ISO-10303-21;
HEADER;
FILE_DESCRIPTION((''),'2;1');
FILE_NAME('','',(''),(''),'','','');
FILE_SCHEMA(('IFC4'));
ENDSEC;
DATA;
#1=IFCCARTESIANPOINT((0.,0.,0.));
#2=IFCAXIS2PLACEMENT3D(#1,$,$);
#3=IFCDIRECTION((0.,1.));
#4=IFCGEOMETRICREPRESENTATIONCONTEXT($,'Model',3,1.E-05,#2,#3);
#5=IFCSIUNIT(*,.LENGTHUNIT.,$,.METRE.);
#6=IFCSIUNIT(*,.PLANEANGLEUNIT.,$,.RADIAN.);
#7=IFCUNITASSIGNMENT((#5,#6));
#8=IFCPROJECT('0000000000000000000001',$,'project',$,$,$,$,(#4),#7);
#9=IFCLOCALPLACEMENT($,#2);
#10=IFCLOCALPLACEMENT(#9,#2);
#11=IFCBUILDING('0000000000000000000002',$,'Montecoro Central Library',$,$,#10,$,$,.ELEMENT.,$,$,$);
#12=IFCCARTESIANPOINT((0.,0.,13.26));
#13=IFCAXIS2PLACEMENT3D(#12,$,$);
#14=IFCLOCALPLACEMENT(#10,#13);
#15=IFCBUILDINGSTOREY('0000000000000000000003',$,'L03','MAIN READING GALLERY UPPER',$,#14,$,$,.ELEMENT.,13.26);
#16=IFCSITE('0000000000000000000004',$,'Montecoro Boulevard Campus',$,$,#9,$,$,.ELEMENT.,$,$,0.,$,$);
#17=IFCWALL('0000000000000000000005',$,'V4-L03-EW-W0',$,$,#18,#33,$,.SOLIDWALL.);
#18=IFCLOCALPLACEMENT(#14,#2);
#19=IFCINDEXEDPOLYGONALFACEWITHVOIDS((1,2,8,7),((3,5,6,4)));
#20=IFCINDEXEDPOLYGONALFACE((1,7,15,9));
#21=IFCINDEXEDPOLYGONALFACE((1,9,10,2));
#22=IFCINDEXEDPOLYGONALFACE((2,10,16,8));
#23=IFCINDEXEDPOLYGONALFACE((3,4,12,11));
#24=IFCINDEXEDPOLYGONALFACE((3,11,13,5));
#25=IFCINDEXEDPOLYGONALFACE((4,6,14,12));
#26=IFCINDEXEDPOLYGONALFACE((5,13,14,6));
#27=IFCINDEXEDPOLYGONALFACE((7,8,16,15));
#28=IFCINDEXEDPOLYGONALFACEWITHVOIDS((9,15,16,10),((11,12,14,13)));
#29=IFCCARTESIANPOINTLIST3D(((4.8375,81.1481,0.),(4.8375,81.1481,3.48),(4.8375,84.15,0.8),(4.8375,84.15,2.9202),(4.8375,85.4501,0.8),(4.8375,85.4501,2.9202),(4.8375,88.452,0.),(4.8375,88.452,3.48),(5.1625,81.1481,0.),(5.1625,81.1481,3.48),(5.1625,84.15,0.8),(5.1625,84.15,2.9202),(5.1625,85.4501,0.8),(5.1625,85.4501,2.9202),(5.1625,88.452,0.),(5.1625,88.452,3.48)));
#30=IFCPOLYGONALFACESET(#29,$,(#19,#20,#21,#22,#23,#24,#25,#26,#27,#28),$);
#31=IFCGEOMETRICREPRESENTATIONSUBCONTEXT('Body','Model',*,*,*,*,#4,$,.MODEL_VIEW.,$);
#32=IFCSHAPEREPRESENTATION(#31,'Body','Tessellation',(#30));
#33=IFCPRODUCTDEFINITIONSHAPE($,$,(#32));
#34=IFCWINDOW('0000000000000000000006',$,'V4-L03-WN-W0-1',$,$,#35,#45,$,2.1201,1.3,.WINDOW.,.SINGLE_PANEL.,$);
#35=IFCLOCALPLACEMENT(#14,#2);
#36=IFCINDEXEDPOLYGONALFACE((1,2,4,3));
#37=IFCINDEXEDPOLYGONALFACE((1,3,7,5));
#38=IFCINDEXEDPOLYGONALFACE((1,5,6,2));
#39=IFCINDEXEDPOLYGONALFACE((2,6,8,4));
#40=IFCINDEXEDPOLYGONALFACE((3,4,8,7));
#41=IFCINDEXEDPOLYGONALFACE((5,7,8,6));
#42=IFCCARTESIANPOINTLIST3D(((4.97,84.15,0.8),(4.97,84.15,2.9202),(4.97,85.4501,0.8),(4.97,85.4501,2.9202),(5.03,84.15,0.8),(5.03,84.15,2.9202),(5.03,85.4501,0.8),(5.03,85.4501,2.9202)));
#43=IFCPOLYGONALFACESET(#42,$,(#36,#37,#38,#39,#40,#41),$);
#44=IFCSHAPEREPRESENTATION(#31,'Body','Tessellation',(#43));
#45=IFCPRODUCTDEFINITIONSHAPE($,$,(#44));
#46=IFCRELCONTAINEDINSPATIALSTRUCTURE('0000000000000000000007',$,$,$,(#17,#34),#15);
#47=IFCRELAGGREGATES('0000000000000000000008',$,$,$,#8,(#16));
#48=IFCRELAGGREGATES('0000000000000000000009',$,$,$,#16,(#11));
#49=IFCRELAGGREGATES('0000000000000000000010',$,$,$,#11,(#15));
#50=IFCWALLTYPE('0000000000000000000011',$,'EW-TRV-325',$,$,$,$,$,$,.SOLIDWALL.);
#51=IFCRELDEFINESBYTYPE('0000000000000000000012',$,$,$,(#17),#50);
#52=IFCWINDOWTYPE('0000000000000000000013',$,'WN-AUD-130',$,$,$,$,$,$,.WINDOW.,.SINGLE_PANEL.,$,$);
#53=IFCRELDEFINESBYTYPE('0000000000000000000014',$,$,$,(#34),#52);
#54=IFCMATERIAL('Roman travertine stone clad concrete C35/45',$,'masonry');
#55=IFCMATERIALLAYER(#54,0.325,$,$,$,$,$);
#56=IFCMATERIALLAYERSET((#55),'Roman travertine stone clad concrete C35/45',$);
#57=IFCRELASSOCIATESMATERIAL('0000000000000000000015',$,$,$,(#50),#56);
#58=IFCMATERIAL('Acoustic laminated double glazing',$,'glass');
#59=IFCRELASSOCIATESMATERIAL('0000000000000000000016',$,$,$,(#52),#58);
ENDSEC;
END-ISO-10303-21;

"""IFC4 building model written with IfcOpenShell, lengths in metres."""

from ifc_helpers import new_model, si_unit, direction, frame, frame_2d, origin, place, context, subcontext, project, spatial, rectangle, extrude, material, layer, layer_set, type_object, element, fill, save


model = new_model("IFC4")

# Units and contexts
model_context = context("Model", 3, precision=1e-05, world=origin(), true_north=direction((0.0, 1.0)))
body_context = subcontext(model_context, "Body", "Model", "MODEL_VIEW")
ifc_project = project(units=[si_unit("LENGTHUNIT", "METRE"), si_unit("PLANEANGLEUNIT", "RADIAN")], contexts=[model_context])

# Site, building, storey
site_placement = place(None, origin())
site = spatial("IfcSite", under=ifc_project, at=site_placement, Name="Montecoro Boulevard Campus", CompositionType="ELEMENT", RefElevation=0.0)
building_placement = place(site_placement, origin())
building = spatial("IfcBuilding", under=site, at=building_placement, Name="Montecoro Central Library", CompositionType="ELEMENT")
storey_placement = place(building_placement, frame((0.0, 0.0, 13.26)))
storey = spatial("IfcBuildingStorey", under=building, at=storey_placement, Name="L03", Description="MAIN READING GALLERY UPPER", CompositionType="ELEMENT", Elevation=13.26)

# Wall, opening, window
ifc_material_1 = material(Name="Roman travertine stone clad concrete C35/45", Category="masonry")
ifc_layer_1 = layer(ifc_material_1, 0.325)
ifc_layer_set_1 = layer_set([ifc_layer_1], Name="Roman travertine stone clad concrete C35/45")
wall_type = type_object("IfcWallType", Name="EW-TRV-325", PredefinedType="SOLIDWALL", material=ifc_layer_set_1)
wall_placement = place(storey_placement, frame((5.0, 88.4519, 0.0), z_axis=(0.0, 0.0, 1.0), x_axis=(0.0, -1.0, 0.0)))
wall = element("IfcWall", 1, at=wall_placement, inside=storey, type_object=wall_type, Name="V4-L03-EW-W0", PredefinedType="SOLIDWALL", context=body_context, shape_type="SweptSolid", body=[
    extrude(rectangle(XDim=7.304, YDim=0.325, at=frame_2d((3.6519, 0.0))), origin(), (0.0, 0.0, 1.0), 3.48),
])
opening_placement = place(wall_placement, frame((3.002, 0.0, 0.8)))
opening = element("IfcOpeningElement", 2, at=opening_placement, cuts=wall, PredefinedType="OPENING", context=body_context, shape_type="SweptSolid", body=[
    extrude(rectangle(XDim=1.3, YDim=2.1201, at=frame_2d((0.6499, 1.0601))), frame((0.0, 0.1724, 0.0), z_axis=(0.0, -1.0, 0.0), x_axis=(1.0, 0.0, 0.0)), (0.0, 0.0, 1.0), 0.345),
])
ifc_material_2 = material(Name="Acoustic laminated double glazing", Category="glass")
window_type = type_object("IfcWindowType", Name="WN-AUD-130", PartitioningType="SINGLE_PANEL", PredefinedType="WINDOW", material=ifc_material_2)
window_placement = place(opening_placement, origin())
window = element("IfcWindow", 3, at=window_placement, inside=storey, type_object=window_type, Name="V4-L03-WN-W0-1", OverallHeight=2.1201, OverallWidth=1.3, PartitioningType="SINGLE_PANEL", PredefinedType="WINDOW", context=body_context, shape_type="SweptSolid", body=[
    extrude(rectangle(XDim=1.3, YDim=2.1201, at=frame_2d((0.6499, 1.0601))), frame((0.0, 0.03, 0.0), z_axis=(0.0, -1.0, 0.0), x_axis=(1.0, 0.0, 0.0)), (0.0, 0.0, 1.0), 0.0601),
])
fill(opening, window)

save(model, "model.ifc")
